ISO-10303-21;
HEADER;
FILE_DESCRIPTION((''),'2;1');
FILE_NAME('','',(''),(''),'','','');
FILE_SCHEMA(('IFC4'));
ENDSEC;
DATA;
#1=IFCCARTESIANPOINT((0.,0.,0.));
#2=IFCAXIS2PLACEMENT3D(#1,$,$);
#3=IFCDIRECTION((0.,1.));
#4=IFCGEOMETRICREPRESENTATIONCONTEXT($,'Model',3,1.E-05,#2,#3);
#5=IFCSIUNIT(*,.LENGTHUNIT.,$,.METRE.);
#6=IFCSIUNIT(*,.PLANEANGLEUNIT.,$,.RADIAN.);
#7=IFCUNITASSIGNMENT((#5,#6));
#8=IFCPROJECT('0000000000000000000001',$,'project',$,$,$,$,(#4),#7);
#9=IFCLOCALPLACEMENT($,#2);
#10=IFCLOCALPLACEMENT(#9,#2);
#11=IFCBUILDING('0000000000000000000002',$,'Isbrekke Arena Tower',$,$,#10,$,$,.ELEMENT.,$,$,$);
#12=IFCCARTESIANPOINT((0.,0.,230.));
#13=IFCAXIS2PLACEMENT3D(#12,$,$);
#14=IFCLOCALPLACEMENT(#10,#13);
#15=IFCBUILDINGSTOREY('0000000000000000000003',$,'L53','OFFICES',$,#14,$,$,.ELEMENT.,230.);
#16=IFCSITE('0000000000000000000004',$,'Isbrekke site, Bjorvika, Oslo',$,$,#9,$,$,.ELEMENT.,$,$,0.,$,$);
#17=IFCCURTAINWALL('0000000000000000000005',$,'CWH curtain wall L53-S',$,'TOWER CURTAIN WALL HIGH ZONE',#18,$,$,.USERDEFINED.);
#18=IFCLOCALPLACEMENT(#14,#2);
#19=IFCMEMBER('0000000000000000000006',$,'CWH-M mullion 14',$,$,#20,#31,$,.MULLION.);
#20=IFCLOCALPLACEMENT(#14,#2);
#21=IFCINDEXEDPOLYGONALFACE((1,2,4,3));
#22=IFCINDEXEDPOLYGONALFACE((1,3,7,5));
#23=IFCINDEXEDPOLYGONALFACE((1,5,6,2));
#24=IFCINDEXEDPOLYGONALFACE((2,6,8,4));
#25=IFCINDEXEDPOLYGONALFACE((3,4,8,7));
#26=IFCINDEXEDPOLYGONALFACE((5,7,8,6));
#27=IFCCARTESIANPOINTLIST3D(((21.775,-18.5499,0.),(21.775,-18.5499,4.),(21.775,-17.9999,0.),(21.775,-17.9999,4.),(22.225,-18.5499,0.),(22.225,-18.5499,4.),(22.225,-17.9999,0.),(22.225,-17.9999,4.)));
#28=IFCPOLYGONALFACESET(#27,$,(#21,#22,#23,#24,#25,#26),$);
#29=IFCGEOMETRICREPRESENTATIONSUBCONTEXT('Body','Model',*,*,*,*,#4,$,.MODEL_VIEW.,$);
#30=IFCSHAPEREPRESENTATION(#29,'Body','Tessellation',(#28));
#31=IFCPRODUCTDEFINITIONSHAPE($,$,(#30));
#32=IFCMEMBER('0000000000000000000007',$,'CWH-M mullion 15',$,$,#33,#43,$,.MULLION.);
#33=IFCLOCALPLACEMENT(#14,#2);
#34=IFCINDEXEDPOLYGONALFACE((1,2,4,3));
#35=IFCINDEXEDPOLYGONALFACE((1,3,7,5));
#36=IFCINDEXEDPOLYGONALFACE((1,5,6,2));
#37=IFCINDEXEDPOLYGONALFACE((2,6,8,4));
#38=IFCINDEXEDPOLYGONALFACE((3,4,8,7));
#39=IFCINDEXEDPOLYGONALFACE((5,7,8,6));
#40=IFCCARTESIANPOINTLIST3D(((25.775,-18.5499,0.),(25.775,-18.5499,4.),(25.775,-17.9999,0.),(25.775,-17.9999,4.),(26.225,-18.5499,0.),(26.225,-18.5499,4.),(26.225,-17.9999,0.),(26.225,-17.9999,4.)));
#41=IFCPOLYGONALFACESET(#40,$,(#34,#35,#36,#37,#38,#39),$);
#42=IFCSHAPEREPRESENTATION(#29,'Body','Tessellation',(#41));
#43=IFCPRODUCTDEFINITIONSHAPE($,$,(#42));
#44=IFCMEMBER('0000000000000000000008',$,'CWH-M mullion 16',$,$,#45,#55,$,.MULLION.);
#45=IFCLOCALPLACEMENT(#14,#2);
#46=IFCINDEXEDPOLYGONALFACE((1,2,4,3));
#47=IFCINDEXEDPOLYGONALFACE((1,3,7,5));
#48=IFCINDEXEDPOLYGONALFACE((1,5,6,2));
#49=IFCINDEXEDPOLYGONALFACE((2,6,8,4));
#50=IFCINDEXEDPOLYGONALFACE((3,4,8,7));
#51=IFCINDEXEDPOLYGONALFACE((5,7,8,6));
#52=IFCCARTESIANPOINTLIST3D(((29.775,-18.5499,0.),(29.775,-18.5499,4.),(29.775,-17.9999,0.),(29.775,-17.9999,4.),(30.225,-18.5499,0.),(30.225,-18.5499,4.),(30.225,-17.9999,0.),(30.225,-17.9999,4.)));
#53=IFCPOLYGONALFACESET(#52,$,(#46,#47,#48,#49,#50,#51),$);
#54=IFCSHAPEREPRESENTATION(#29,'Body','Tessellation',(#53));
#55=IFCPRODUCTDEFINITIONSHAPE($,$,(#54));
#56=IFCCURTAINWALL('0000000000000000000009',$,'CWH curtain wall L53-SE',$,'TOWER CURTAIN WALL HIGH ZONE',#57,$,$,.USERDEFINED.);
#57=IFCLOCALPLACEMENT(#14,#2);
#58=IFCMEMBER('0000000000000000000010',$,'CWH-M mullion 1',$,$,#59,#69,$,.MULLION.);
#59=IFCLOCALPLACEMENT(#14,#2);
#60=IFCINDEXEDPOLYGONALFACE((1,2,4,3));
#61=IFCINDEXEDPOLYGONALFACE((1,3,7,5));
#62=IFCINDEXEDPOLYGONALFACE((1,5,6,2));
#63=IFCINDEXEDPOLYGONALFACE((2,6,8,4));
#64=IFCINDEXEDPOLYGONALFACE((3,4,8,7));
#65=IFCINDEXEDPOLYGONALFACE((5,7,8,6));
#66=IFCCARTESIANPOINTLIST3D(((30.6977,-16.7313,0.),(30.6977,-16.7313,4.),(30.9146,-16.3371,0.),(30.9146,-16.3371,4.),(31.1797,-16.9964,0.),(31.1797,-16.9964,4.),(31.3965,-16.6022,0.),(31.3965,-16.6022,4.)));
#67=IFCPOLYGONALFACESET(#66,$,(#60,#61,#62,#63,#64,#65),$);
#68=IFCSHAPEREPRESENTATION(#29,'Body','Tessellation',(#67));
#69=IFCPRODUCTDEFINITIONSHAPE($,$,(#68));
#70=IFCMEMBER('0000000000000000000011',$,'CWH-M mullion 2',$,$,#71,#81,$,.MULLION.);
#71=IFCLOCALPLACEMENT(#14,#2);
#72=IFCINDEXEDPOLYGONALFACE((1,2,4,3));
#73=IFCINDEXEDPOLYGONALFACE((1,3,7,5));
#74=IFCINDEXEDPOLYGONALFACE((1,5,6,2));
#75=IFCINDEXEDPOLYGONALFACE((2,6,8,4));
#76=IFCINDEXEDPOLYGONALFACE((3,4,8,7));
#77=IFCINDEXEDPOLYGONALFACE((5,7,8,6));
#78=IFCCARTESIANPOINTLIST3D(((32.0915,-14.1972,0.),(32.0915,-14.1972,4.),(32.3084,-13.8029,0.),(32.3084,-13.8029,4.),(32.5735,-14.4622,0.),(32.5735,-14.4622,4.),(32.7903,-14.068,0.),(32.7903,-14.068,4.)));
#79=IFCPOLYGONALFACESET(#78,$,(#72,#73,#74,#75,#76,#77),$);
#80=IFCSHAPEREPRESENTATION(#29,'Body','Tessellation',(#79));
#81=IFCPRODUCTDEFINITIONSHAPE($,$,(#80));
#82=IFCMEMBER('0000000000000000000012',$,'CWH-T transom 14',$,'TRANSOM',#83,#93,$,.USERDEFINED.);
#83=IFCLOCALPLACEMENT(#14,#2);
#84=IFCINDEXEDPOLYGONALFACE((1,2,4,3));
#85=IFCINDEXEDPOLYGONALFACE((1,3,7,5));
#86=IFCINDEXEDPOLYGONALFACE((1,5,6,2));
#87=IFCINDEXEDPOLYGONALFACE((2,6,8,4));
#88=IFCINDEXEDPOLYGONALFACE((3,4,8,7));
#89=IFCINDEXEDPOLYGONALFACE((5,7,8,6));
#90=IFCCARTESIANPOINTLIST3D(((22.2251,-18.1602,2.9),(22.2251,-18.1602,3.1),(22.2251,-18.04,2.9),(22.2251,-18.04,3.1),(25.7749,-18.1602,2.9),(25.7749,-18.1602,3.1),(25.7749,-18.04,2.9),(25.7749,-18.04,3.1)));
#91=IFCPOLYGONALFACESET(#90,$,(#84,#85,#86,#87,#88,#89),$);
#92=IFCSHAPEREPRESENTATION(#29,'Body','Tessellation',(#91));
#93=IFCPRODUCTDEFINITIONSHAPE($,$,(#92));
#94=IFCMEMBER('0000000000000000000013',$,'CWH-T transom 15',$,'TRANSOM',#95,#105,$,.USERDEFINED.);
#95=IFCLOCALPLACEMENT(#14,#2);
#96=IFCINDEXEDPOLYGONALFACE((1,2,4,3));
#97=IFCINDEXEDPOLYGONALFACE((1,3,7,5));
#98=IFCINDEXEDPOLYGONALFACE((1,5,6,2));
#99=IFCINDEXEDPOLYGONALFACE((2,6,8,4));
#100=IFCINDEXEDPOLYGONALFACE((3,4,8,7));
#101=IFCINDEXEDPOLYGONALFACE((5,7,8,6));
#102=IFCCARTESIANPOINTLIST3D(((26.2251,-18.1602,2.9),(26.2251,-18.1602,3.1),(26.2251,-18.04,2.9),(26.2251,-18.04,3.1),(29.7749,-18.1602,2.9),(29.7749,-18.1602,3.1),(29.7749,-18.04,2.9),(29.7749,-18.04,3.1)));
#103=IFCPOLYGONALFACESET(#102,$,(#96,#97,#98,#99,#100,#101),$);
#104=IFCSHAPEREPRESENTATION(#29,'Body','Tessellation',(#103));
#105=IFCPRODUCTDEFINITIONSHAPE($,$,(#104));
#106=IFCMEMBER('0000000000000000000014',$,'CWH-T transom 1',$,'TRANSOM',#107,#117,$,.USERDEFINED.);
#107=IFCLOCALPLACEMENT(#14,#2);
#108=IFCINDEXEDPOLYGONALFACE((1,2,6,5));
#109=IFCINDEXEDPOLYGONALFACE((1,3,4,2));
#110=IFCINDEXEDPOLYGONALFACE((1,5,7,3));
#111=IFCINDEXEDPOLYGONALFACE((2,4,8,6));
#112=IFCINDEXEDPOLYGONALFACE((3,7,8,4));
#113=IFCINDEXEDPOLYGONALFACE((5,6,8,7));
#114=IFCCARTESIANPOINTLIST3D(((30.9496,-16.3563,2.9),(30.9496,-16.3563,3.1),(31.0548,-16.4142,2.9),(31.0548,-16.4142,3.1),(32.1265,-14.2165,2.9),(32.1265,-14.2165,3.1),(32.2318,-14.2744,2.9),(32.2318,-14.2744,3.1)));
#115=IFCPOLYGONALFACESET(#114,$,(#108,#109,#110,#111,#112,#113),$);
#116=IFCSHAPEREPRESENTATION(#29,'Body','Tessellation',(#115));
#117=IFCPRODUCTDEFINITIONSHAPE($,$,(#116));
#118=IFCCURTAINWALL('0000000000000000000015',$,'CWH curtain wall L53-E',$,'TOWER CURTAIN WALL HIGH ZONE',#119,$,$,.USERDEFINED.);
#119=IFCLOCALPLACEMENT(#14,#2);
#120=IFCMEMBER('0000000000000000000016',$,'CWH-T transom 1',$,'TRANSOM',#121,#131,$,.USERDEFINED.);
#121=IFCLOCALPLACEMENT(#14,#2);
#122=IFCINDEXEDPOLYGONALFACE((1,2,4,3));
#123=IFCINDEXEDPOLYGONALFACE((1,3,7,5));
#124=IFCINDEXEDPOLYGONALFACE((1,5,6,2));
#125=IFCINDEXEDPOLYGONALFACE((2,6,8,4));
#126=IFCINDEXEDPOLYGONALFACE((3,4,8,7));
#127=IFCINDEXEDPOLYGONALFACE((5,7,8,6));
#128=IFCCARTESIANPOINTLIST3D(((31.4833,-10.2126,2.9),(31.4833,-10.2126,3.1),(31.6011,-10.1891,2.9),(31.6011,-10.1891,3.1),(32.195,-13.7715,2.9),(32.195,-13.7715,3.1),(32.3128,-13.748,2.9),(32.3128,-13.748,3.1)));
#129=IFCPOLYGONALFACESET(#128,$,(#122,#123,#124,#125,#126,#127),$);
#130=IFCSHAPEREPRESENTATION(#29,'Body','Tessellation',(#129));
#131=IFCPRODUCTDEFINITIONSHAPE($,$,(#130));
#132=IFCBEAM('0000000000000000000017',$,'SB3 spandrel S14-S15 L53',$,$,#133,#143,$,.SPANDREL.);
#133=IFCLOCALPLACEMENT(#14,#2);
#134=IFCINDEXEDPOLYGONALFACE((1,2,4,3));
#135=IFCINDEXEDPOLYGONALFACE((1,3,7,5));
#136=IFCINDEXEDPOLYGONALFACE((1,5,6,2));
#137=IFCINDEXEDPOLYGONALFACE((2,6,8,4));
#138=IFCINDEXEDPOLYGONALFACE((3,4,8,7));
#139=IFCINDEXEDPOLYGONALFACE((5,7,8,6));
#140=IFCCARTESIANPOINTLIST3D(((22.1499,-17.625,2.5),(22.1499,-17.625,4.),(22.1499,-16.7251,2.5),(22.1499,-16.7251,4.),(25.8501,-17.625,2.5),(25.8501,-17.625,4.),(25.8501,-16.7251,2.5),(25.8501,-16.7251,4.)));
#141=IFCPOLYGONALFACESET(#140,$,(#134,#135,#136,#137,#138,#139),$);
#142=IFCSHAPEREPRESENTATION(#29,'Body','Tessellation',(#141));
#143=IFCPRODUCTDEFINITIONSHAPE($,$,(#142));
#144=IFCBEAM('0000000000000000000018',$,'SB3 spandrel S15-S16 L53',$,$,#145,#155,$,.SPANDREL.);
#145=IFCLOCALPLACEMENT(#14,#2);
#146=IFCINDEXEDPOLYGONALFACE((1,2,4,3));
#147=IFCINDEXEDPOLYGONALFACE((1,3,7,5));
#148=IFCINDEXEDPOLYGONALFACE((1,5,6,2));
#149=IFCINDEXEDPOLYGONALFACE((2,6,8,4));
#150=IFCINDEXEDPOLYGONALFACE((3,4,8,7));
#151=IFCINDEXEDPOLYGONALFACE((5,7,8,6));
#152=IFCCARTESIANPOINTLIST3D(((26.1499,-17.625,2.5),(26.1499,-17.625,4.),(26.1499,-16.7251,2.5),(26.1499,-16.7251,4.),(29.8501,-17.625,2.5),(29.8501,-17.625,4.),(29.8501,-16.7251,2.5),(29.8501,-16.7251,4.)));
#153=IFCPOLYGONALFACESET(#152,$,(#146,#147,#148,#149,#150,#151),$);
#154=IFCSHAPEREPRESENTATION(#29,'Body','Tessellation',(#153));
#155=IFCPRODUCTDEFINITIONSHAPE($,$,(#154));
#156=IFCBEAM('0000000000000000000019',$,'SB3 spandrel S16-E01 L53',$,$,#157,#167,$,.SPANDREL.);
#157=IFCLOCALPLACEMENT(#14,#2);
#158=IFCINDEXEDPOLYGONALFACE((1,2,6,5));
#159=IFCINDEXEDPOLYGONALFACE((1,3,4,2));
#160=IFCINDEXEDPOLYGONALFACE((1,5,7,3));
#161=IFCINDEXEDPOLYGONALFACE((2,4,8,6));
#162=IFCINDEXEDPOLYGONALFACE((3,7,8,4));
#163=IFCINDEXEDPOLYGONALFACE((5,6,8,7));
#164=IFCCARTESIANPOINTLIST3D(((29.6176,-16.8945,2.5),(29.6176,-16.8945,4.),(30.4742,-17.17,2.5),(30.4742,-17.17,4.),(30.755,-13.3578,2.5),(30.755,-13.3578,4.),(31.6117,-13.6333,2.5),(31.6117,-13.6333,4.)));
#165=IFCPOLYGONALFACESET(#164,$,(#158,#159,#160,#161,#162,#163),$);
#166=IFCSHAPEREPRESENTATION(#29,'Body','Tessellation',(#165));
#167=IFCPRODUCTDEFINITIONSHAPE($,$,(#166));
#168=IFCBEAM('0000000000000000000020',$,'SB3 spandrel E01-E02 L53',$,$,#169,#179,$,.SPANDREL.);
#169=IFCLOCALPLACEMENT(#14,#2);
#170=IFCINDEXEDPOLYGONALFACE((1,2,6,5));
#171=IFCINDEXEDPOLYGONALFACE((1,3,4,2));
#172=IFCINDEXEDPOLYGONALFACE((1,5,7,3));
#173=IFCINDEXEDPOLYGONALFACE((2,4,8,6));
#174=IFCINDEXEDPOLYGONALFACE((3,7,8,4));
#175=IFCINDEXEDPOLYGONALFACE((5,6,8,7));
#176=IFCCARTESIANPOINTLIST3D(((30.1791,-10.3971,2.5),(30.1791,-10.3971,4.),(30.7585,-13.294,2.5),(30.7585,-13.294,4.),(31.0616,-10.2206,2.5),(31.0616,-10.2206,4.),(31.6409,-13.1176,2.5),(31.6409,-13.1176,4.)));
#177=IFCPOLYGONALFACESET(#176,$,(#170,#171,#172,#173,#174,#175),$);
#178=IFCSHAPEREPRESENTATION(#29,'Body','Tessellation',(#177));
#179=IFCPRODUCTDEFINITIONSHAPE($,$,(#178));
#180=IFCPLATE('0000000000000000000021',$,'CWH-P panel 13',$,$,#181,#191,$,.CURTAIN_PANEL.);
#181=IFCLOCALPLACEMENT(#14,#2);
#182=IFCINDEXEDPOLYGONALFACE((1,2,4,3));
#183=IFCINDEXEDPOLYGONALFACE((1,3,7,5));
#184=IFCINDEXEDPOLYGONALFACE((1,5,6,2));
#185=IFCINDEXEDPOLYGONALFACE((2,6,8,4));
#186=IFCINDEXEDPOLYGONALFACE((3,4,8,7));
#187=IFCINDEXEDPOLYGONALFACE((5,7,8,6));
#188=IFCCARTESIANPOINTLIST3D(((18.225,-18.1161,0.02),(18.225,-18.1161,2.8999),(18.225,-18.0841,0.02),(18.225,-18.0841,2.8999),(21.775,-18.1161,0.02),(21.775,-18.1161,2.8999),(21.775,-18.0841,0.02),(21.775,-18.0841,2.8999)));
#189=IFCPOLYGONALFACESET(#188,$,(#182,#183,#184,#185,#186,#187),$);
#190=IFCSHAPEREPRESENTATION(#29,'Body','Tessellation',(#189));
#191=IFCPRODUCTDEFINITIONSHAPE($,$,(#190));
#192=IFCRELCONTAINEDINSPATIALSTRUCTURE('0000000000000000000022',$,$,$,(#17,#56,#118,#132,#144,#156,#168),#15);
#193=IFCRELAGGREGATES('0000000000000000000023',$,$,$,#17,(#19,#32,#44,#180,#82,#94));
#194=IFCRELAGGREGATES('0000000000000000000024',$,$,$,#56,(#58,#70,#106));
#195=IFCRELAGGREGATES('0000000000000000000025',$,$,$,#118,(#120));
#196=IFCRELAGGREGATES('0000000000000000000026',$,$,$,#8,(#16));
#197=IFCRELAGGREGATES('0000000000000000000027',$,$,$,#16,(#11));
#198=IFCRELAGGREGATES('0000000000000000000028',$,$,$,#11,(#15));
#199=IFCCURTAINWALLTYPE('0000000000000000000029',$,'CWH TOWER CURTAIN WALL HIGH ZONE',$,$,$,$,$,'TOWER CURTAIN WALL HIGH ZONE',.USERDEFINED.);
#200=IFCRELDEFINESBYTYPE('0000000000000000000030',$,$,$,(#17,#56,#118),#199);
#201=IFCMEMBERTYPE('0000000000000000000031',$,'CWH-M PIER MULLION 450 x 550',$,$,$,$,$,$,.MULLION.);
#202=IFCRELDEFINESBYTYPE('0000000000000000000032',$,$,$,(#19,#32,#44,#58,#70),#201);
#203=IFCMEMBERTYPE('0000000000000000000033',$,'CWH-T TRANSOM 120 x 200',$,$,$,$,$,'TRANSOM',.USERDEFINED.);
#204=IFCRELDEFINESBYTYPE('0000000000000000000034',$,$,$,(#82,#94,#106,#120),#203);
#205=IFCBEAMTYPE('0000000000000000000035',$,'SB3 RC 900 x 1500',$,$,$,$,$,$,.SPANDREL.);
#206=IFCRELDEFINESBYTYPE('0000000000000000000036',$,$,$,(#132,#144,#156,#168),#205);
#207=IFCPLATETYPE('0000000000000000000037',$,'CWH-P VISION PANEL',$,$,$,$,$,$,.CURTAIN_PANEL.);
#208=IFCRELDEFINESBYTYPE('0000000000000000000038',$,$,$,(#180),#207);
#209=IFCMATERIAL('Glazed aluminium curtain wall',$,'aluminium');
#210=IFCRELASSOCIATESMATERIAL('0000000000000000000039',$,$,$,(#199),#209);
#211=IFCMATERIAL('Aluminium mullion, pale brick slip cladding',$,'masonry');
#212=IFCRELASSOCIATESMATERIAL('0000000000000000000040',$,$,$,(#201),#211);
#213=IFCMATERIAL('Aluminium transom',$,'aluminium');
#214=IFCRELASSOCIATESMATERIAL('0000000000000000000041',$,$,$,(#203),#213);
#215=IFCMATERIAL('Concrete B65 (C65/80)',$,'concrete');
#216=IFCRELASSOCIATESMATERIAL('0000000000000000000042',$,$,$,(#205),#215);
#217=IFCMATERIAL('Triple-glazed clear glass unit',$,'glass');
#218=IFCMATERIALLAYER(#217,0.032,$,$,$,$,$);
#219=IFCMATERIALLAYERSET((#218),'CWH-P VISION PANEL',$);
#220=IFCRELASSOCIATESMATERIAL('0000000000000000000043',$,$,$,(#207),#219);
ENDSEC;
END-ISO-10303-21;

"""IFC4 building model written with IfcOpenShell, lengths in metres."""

from ifc_helpers import new_model, si_unit, direction, frame, origin, origin_2d, place, context, subcontext, project, spatial, rectangle, extrude, material, layer, layer_set, material_profile, profile_set, type_object, element, aggregate, save


model = new_model("IFC4")

# Units and contexts
model_context = context("Model", 3, precision=1e-05, world=origin(), true_north=direction((0.0, 1.0)))
body_context = subcontext(model_context, "Body", "Model", "MODEL_VIEW")
ifc_project = project(units=[si_unit("LENGTHUNIT", "METRE"), si_unit("PLANEANGLEUNIT", "RADIAN")], contexts=[model_context])

# Site, building, storey
site_placement = place(None, origin())
site = spatial("IfcSite", under=ifc_project, at=site_placement, Name="Isbrekke site, Bjorvika, Oslo", CompositionType="ELEMENT", RefElevation=0.0)
building_placement = place(site_placement, origin())
building = spatial("IfcBuilding", under=site, at=building_placement, Name="Isbrekke Arena Tower", CompositionType="ELEMENT")
storey_placement = place(building_placement, frame((0.0, 0.0, 230.0)))
storey = spatial("IfcBuildingStorey", under=building, at=storey_placement, Name="L53", Description="OFFICES", CompositionType="ELEMENT", Elevation=230.0)

# Curtain walls, members
ifc_material_1 = material(Name="Glazed aluminium curtain wall", Category="aluminium")
curtain_wall_type = type_object("IfcCurtainWallType", Name="CWH TOWER CURTAIN WALL HIGH ZONE", ElementType="TOWER CURTAIN WALL HIGH ZONE", PredefinedType="USERDEFINED", material=ifc_material_1)
curtain_wall_1_placement = place(storey_placement, origin())
curtain_wall_1 = element("IfcCurtainWall", 1, at=curtain_wall_1_placement, inside=storey, type_object=curtain_wall_type, Name="CWH curtain wall L53-S", ObjectType="TOWER CURTAIN WALL HIGH ZONE", PredefinedType="USERDEFINED")
ifc_material_2 = material(Name="Aluminium mullion, pale brick slip cladding", Category="masonry")
ifc_material_profile_1 = material_profile(ifc_material_2, rectangle(XDim=0.45, YDim=0.55, at=origin_2d()), Name="PIER 450X550")
ifc_profile_set_1 = profile_set([ifc_material_profile_1], Name="Aluminium mullion, pale brick slip cladding")
member_type_1 = type_object("IfcMemberType", Name="CWH-M PIER MULLION 450 x 550", PredefinedType="MULLION", material=ifc_profile_set_1)
member_1_placement = place(storey_placement, frame((22.0, -18.2749, 0.0), z_axis=(0.0, 0.0, 1.0), x_axis=(1.0, 0.0, 0.0)))
member_1 = element("IfcMember", 2, at=member_1_placement, type_object=member_type_1, Name="CWH-M mullion 14", PredefinedType="MULLION", context=body_context, shape_type="SweptSolid", body=[
    extrude(rectangle(XDim=0.45, YDim=0.55, at=origin_2d()), origin(), (0.0, 0.0, 1.0), 4.0),
])
member_2_placement = place(storey_placement, frame((26.0, -18.2749, 0.0), z_axis=(0.0, 0.0, 1.0), x_axis=(1.0, 0.0, 0.0)))
member_2 = element("IfcMember", 3, at=member_2_placement, type_object=member_type_1, Name="CWH-M mullion 15", PredefinedType="MULLION", context=body_context, shape_type="SweptSolid", body=[
    extrude(rectangle(XDim=0.45, YDim=0.55, at=origin_2d()), origin(), (0.0, 0.0, 1.0), 4.0),
])
member_3_placement = place(storey_placement, frame((30.0, -18.2749, 0.0), z_axis=(0.0, 0.0, 1.0), x_axis=(1.0, 0.0, 0.0)))
member_3 = element("IfcMember", 4, at=member_3_placement, type_object=member_type_1, Name="CWH-M mullion 16", PredefinedType="MULLION", context=body_context, shape_type="SweptSolid", body=[
    extrude(rectangle(XDim=0.45, YDim=0.55, at=origin_2d()), origin(), (0.0, 0.0, 1.0), 4.0),
])
curtain_wall_2_placement = place(storey_placement, origin())
curtain_wall_2 = element("IfcCurtainWall", 5, at=curtain_wall_2_placement, inside=storey, type_object=curtain_wall_type, Name="CWH curtain wall L53-SE", ObjectType="TOWER CURTAIN WALL HIGH ZONE", PredefinedType="USERDEFINED")
member_4_placement = place(storey_placement, frame((31.0471, -16.6667, 0.0), z_axis=(0.0, 0.0, 1.0), x_axis=(0.481919, 0.876216, 0.0)))
member_4 = element("IfcMember", 6, at=member_4_placement, type_object=member_type_1, Name="CWH-M mullion 1", PredefinedType="MULLION", context=body_context, shape_type="SweptSolid", body=[
    extrude(rectangle(XDim=0.45, YDim=0.55, at=origin_2d()), origin(), (0.0, 0.0, 1.0), 4.0),
])
member_5_placement = place(storey_placement, frame((32.4409, -14.1326, 0.0), z_axis=(0.0, 0.0, 1.0), x_axis=(0.481919, 0.876216, 0.0)))
member_5 = element("IfcMember", 7, at=member_5_placement, type_object=member_type_1, Name="CWH-M mullion 2", PredefinedType="MULLION", context=body_context, shape_type="SweptSolid", body=[
    extrude(rectangle(XDim=0.45, YDim=0.55, at=origin_2d()), origin(), (0.0, 0.0, 1.0), 4.0),
])

# Members
ifc_material_3 = material(Name="Aluminium transom", Category="aluminium")
ifc_material_profile_2 = material_profile(ifc_material_3, rectangle(XDim=0.1201, YDim=0.2, at=origin_2d()), Name="TRANSOM 120X200")
ifc_profile_set_2 = profile_set([ifc_material_profile_2], Name="Aluminium transom")
member_type_2 = type_object("IfcMemberType", Name="CWH-T TRANSOM 120 x 200", ElementType="TRANSOM", PredefinedType="USERDEFINED", material=ifc_profile_set_2)
member_6_placement = place(storey_placement, frame((22.2251, -18.1001, 3.0), z_axis=(1.0, 0.0, 0.0), x_axis=(0.0, 1.0, 0.0)))
member_6 = element("IfcMember", 8, at=member_6_placement, type_object=member_type_2, Name="CWH-T transom 14", ObjectType="TRANSOM", PredefinedType="USERDEFINED", context=body_context, shape_type="SweptSolid", body=[
    extrude(rectangle(XDim=0.1201, YDim=0.2, at=origin_2d()), origin(), (0.0, 0.0, 1.0), 3.5498),
])
member_7_placement = place(storey_placement, frame((26.2251, -18.1001, 3.0), z_axis=(1.0, 0.0, 0.0), x_axis=(0.0, 1.0, 0.0)))
member_7 = element("IfcMember", 9, at=member_7_placement, type_object=member_type_2, Name="CWH-T transom 15", ObjectType="TRANSOM", PredefinedType="USERDEFINED", context=body_context, shape_type="SweptSolid", body=[
    extrude(rectangle(XDim=0.1201, YDim=0.2, at=origin_2d()), origin(), (0.0, 0.0, 1.0), 3.5498),
])
member_8_placement = place(storey_placement, frame((31.0022, -16.3853, 3.0), z_axis=(0.481938, 0.876205, 0.0), x_axis=(-0.876205, 0.481938, 0.0)))
member_8 = element("IfcMember", 10, at=member_8_placement, type_object=member_type_2, Name="CWH-T transom 1", ObjectType="TRANSOM", PredefinedType="USERDEFINED", context=body_context, shape_type="SweptSolid", body=[
    extrude(rectangle(XDim=0.1201, YDim=0.2, at=origin_2d()), origin(), (0.0, 0.0, 1.0), 2.4421),
])

# Curtain wall, member
curtain_wall_3_placement = place(storey_placement, origin())
curtain_wall_3 = element("IfcCurtainWall", 11, at=curtain_wall_3_placement, inside=storey, type_object=curtain_wall_type, Name="CWH curtain wall L53-E", ObjectType="TOWER CURTAIN WALL HIGH ZONE", PredefinedType="USERDEFINED")
member_9_placement = place(storey_placement, frame((32.2539, -13.7598, 3.0), z_axis=(-0.19609, 0.980586, 0.0), x_axis=(-0.980586, -0.19609, 0.0)))
member_9 = element("IfcMember", 12, at=member_9_placement, type_object=member_type_2, Name="CWH-T transom 1", ObjectType="TRANSOM", PredefinedType="USERDEFINED", context=body_context, shape_type="SweptSolid", body=[
    extrude(rectangle(XDim=0.1201, YDim=0.2, at=origin_2d()), origin(), (0.0, 0.0, 1.0), 3.6294),
])

# Beams
ifc_material_4 = material(Name="Concrete B65 (C65/80)", Category="concrete")
ifc_material_profile_3 = material_profile(ifc_material_4, rectangle(XDim=0.8999, YDim=1.5, at=origin_2d()), Name="RC 900x1500")
ifc_profile_set_3 = profile_set([ifc_material_profile_3], Name="Concrete B65 (C65/80)")
beam_type_1 = type_object("IfcBeamType", Name="SB3 RC 900 x 1500", PredefinedType="SPANDREL", material=ifc_profile_set_3)
for number, where, z_axis, x_axis, name in (
    (13, (22.1499, -17.175, 3.25), (1.0, 0.0, 0.0), (0.0, 1.0, 0.0), "SB3 spandrel S14-S15 L53"),
    (14, (26.1499, -17.175, 3.25), (1.0, 0.0, 0.0), (0.0, 1.0, 0.0), "SB3 spandrel S15-S16 L53"),
):
    element("IfcBeam", number, at=place(storey_placement, frame(where, z_axis=z_axis, x_axis=x_axis)), inside=storey, type_object=beam_type_1, Name=name, PredefinedType="SPANDREL", context=body_context, shape_type="SweptSolid", body=[
        extrude(rectangle(XDim=0.8999, YDim=1.5, at=origin_2d()), origin(), (0.0, 0.0, 1.0), 3.7002),
    ])
beam_1_placement = place(storey_placement, frame((30.0459, -17.0322, 3.25), z_axis=(0.306175, 0.951975, 0.0), x_axis=(-0.951975, 0.306175, 0.0)))
element("IfcBeam", 15, at=beam_1_placement, inside=storey, type_object=beam_type_1, Name="SB3 spandrel S16-E01 L53", PredefinedType="SPANDREL", context=body_context, shape_type="SweptSolid", body=[
    extrude(rectangle(XDim=0.8999, YDim=1.5, at=origin_2d()), origin(), (0.0, 0.0, 1.0), 3.7151),
])
beam_2_placement = place(storey_placement, frame((31.1997, -13.2058, 3.25), z_axis=(-0.1961, 0.980584, 0.0), x_axis=(-0.980584, -0.1961, 0.0)))
element("IfcBeam", 16, at=beam_2_placement, inside=storey, type_object=beam_type_1, Name="SB3 spandrel E01-E02 L53", PredefinedType="SPANDREL", context=body_context, shape_type="SweptSolid", body=[
    extrude(rectangle(XDim=0.8999, YDim=1.5, at=origin_2d()), origin(), (0.0, 0.0, 1.0), 2.9543),
])

# Plate
ifc_material_5 = material(Name="Triple-glazed clear glass unit", Category="glass")
ifc_layer = layer(ifc_material_5, 0.032)
ifc_layer_set = layer_set([ifc_layer], Name="CWH-P VISION PANEL")
plate_type = type_object("IfcPlateType", Name="CWH-P VISION PANEL", PredefinedType="CURTAIN_PANEL", material=ifc_layer_set)
plate_1_placement = place(storey_placement, frame((20.0, -18.1001, 0.02), z_axis=(0.0, 0.0, 1.0), x_axis=(1.0, 0.0, 0.0)))
plate_1 = element("IfcPlate", 17, at=plate_1_placement, type_object=plate_type, Name="CWH-P panel 13", PredefinedType="CURTAIN_PANEL", context=body_context, shape_type="SweptSolid", body=[
    extrude(rectangle(XDim=3.55, YDim=0.032, at=origin_2d()), origin(), (0.0, 0.0, 1.0), 2.8799),
])
aggregate(curtain_wall_1, [member_1, member_2, member_3, plate_1, member_6, member_7])
aggregate(curtain_wall_2, [member_4, member_5, member_8])
aggregate(curtain_wall_3, [member_9])

save(model, "model.ifc")
